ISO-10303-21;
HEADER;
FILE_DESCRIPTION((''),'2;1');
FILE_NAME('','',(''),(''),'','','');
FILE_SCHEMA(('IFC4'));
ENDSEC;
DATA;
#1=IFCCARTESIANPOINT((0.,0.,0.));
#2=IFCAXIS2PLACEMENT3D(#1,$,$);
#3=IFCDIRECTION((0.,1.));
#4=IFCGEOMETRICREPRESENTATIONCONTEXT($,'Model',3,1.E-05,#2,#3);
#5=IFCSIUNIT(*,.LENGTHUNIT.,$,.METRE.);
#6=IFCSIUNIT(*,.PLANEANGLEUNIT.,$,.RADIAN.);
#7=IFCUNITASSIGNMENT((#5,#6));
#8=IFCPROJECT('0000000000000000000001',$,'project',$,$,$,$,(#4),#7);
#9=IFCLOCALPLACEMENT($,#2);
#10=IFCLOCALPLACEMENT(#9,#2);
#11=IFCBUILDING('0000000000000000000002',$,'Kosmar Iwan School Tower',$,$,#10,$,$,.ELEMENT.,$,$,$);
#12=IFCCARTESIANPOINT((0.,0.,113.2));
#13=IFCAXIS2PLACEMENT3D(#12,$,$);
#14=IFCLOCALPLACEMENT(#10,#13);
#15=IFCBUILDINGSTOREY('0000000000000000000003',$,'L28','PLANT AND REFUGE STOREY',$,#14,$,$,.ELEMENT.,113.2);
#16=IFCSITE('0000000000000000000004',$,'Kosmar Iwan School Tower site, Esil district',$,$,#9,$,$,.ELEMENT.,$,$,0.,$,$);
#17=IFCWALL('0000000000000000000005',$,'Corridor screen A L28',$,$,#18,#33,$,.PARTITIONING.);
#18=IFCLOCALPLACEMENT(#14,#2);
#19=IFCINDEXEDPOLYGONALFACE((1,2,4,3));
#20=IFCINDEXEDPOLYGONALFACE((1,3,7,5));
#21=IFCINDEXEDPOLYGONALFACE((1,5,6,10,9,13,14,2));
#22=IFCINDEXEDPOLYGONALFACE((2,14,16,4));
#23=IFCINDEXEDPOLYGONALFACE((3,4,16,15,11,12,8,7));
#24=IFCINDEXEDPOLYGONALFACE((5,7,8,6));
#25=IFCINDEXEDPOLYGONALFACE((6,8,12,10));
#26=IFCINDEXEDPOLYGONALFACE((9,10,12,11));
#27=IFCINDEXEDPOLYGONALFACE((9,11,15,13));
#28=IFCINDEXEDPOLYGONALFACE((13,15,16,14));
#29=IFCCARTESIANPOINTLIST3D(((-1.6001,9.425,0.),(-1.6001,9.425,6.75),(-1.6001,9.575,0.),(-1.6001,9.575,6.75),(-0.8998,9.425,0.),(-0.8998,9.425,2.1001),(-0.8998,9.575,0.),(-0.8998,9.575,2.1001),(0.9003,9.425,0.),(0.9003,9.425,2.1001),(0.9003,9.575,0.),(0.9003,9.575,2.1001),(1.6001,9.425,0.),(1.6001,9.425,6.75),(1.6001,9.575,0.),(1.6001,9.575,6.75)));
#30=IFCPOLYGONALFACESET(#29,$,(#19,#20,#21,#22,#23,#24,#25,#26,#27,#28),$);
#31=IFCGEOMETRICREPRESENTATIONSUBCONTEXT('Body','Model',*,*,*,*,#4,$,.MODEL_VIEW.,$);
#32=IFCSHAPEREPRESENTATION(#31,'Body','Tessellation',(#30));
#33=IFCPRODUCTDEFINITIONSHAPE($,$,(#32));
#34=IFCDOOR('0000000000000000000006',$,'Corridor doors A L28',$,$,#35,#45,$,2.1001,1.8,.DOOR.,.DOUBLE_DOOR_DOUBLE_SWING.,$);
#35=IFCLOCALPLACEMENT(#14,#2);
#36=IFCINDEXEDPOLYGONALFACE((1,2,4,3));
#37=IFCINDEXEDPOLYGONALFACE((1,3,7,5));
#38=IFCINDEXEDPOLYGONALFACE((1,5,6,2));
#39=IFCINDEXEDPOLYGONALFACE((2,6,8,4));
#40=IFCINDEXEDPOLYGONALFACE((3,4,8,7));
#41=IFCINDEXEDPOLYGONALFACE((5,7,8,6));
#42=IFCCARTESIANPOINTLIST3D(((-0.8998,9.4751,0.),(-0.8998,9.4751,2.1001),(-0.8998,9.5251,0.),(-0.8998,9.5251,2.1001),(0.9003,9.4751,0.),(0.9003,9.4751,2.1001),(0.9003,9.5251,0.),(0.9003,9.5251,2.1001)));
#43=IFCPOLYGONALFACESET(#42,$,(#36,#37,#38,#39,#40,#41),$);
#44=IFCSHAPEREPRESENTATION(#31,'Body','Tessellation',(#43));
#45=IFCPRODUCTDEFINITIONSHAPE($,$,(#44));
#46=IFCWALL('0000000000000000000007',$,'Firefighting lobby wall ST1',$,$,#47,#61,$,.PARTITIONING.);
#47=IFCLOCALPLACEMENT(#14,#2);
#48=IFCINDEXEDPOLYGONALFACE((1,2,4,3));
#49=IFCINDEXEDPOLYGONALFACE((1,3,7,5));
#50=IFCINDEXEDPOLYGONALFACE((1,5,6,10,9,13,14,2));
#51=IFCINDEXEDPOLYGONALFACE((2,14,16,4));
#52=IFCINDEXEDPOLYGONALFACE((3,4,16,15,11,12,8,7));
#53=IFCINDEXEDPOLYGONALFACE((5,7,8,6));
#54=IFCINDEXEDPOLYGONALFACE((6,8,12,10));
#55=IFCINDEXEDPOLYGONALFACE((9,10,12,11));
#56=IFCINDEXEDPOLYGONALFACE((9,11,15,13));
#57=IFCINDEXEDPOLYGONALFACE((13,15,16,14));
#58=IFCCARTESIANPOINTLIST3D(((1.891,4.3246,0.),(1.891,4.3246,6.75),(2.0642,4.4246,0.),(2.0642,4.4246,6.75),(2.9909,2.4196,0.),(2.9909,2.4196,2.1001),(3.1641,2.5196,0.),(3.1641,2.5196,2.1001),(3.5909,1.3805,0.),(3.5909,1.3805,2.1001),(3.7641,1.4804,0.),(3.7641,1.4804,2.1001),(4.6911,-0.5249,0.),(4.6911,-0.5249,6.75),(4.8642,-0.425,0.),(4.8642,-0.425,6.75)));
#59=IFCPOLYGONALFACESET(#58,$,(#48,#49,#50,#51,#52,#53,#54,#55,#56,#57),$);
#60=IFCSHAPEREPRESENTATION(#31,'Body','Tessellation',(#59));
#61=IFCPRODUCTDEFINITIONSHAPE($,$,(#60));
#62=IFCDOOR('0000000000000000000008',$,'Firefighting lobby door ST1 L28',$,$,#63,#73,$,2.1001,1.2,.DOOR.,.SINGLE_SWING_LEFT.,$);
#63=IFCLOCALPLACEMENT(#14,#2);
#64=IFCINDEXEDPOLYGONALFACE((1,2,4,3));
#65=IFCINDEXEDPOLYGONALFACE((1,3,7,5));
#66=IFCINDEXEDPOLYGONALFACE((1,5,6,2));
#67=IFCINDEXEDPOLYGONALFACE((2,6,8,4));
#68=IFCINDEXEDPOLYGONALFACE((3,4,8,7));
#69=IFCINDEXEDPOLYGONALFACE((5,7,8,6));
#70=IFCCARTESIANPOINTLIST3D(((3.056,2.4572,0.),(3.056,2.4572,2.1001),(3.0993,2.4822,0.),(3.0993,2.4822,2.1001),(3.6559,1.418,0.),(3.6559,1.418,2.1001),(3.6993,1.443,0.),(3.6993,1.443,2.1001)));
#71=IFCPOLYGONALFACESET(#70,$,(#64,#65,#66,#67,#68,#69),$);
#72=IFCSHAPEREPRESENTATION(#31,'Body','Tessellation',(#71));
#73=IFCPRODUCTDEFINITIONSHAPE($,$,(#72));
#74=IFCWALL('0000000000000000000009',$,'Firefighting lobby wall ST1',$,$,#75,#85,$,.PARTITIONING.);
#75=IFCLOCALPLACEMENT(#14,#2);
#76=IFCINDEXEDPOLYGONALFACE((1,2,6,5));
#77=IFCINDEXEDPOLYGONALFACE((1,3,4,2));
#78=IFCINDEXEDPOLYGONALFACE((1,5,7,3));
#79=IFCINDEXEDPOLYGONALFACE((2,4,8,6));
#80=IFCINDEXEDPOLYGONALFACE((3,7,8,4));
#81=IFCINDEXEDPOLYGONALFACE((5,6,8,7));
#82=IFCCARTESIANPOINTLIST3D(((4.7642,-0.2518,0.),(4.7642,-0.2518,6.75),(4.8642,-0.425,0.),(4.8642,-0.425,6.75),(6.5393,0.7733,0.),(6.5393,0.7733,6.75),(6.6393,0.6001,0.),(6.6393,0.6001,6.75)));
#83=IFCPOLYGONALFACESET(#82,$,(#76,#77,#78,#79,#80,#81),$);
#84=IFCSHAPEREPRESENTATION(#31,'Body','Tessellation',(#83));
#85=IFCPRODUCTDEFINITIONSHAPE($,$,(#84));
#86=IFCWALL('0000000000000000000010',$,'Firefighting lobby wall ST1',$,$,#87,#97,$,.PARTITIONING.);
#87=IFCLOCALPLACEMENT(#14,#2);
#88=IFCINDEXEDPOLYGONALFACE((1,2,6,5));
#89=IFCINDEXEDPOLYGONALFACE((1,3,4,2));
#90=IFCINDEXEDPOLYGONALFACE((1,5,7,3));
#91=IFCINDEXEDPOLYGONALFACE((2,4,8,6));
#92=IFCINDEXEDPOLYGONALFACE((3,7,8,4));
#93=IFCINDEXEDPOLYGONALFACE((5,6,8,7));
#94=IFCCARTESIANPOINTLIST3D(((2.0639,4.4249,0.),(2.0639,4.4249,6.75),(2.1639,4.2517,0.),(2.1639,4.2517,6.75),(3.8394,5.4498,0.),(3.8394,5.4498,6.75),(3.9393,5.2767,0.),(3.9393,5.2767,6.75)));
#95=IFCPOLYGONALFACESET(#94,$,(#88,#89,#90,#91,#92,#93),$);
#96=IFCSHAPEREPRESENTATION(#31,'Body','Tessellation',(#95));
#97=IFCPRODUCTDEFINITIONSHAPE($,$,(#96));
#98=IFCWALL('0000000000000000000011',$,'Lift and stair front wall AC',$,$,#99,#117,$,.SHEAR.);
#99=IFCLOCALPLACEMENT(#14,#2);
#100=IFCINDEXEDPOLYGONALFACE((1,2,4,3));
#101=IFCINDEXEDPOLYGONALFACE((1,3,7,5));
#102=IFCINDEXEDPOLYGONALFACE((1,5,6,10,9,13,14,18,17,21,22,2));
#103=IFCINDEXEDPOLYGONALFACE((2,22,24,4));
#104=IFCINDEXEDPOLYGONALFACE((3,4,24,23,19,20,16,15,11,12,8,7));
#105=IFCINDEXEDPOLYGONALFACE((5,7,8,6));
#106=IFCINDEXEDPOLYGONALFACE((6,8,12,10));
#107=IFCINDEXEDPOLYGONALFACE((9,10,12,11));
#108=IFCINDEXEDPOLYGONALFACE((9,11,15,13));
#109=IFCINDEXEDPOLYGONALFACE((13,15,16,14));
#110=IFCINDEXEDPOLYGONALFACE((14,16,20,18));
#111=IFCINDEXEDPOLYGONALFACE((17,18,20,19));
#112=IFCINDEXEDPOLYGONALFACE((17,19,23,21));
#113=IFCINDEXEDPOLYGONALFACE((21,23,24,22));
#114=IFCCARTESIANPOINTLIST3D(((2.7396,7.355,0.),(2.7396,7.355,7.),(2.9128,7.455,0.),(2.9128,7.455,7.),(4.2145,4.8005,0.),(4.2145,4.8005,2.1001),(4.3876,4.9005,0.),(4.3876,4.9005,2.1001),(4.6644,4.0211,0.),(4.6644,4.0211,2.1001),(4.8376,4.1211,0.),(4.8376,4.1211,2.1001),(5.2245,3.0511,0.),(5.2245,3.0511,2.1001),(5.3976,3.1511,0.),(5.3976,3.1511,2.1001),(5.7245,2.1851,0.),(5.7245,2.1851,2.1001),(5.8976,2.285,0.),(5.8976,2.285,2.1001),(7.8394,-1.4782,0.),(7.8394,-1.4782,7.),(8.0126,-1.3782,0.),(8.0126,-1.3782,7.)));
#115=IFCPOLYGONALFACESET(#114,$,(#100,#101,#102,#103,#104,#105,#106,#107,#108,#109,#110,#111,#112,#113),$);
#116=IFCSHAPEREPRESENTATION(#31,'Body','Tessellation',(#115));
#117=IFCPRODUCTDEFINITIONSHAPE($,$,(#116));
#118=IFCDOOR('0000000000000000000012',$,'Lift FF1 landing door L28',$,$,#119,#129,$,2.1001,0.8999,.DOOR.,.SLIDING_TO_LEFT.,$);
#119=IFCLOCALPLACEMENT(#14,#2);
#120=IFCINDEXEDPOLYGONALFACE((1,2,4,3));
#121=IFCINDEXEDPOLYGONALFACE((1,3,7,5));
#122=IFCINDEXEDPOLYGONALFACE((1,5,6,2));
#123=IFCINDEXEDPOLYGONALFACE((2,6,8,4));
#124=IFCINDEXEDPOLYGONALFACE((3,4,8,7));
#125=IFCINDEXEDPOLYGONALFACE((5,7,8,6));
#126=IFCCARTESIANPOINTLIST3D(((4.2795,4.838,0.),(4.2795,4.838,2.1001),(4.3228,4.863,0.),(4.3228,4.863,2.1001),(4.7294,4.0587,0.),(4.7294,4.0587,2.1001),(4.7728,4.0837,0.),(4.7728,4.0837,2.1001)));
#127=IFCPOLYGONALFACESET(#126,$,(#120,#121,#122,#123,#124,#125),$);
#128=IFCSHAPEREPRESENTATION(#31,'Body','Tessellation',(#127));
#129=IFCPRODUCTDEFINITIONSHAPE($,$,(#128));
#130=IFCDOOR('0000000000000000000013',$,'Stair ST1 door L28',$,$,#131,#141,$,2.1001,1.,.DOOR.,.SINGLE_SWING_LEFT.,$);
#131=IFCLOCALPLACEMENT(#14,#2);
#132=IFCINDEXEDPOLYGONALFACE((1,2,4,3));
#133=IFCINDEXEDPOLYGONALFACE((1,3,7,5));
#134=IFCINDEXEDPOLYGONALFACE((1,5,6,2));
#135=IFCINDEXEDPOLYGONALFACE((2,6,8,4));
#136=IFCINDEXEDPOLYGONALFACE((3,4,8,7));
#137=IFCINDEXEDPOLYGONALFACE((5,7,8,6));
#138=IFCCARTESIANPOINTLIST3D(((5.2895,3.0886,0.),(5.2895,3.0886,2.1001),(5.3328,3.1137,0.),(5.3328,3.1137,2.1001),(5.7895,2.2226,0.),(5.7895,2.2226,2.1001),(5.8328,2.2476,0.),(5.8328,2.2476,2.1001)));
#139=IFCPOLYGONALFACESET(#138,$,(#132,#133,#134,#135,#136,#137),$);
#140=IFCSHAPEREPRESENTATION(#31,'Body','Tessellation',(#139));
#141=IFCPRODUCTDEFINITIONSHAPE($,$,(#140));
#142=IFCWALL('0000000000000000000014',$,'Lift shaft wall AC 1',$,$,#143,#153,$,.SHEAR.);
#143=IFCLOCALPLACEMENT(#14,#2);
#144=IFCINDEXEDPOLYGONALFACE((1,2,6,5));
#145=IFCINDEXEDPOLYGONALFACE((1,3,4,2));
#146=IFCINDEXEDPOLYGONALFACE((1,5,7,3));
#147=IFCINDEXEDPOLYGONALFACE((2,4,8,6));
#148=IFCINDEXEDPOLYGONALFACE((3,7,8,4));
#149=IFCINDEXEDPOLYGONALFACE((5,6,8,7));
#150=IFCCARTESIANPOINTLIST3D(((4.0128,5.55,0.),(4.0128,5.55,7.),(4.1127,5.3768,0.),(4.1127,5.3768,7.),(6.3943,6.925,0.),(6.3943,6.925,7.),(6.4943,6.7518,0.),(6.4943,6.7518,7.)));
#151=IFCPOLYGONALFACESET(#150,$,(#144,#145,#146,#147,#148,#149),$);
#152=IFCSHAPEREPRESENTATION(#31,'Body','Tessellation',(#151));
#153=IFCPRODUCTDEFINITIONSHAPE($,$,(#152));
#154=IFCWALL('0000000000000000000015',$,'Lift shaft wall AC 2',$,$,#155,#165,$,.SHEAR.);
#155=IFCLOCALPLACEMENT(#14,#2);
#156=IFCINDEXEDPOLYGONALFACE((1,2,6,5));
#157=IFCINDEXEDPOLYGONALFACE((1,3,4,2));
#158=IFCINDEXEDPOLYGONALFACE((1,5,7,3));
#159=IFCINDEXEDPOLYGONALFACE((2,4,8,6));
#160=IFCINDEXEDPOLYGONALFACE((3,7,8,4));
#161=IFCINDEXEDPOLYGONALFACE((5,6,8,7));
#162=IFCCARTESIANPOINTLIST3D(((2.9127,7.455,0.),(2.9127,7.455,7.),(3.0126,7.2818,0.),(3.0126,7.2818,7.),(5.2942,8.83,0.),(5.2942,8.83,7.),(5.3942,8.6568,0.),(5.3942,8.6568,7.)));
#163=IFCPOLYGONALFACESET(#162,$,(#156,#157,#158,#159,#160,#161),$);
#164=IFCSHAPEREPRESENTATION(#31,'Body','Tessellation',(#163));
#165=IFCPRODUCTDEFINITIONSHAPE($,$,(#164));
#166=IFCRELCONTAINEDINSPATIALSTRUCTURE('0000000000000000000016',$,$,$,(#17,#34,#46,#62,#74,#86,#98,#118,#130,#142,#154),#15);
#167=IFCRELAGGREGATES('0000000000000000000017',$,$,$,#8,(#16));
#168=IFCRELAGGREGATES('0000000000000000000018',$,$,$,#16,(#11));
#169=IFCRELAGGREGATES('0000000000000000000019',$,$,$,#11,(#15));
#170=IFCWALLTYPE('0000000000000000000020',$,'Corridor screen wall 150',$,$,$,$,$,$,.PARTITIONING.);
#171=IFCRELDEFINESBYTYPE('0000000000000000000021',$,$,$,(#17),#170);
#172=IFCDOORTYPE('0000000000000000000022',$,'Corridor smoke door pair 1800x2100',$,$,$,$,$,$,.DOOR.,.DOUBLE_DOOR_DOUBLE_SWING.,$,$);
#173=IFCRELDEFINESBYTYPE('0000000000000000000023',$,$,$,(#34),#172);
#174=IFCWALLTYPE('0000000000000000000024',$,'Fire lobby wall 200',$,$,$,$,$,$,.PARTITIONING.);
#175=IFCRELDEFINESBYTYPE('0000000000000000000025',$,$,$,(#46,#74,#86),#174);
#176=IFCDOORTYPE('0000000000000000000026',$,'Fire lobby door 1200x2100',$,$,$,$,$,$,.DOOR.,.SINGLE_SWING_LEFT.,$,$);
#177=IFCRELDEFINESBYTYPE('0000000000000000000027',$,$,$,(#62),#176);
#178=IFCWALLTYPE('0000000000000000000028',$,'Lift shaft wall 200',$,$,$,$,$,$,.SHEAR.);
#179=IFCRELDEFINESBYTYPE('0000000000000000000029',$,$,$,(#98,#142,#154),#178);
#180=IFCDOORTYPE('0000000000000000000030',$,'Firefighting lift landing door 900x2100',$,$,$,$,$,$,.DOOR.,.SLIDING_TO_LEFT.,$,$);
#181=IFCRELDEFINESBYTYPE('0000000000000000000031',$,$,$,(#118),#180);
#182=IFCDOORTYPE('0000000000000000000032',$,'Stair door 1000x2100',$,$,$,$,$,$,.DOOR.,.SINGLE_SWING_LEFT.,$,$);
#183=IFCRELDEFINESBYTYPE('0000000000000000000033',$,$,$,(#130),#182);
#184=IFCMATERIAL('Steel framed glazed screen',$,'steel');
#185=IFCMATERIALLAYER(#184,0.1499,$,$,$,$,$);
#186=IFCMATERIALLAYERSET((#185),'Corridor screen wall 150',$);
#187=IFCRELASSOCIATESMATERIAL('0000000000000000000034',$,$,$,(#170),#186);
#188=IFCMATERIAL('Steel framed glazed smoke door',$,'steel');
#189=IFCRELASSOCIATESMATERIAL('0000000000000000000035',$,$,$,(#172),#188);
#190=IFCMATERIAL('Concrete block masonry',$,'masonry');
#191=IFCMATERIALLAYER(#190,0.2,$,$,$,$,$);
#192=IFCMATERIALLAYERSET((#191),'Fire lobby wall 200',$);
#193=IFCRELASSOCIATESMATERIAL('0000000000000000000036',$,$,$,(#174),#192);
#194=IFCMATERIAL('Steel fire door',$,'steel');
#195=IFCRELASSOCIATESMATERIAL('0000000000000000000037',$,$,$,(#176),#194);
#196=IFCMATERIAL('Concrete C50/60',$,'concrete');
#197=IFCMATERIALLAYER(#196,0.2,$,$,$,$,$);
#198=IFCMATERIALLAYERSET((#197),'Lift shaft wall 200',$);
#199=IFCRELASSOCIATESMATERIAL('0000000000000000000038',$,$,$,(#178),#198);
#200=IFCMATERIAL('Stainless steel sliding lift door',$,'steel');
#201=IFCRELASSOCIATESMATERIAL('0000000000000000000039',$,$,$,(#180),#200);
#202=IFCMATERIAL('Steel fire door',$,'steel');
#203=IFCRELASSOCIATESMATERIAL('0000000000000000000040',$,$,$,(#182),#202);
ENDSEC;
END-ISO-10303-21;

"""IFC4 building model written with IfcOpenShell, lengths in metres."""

from ifc_helpers import new_model, si_unit, direction, frame, frame_2d, origin, place, context, subcontext, project, spatial, rectangle, extrude, material, layer, layer_set, type_object, element, fill, save


model = new_model("IFC4")

# Units and contexts
model_context = context("Model", 3, precision=1e-05, world=origin(), true_north=direction((0.0, 1.0)))
body_context = subcontext(model_context, "Body", "Model", "MODEL_VIEW")
ifc_project = project(units=[si_unit("LENGTHUNIT", "METRE"), si_unit("PLANEANGLEUNIT", "RADIAN")], contexts=[model_context])

# Site, building, storey
site_placement = place(None, origin())
site = spatial("IfcSite", under=ifc_project, at=site_placement, Name="Kosmar Iwan School Tower site, Esil district", CompositionType="ELEMENT", RefElevation=0.0)
building_placement = place(site_placement, origin())
building = spatial("IfcBuilding", under=site, at=building_placement, Name="Kosmar Iwan School Tower", CompositionType="ELEMENT")
storey_placement = place(building_placement, frame((0.0, 0.0, 113.2)))
storey = spatial("IfcBuildingStorey", under=building, at=storey_placement, Name="L28", Description="PLANT AND REFUGE STOREY", CompositionType="ELEMENT", Elevation=113.2)

# Walls, openings, doors
ifc_material_1 = material(Name="Steel framed glazed screen", Category="steel")
ifc_layer_1 = layer(ifc_material_1, 0.1499)
ifc_layer_set_1 = layer_set([ifc_layer_1], Name="Corridor screen wall 150")
wall_type_1 = type_object("IfcWallType", Name="Corridor screen wall 150", PredefinedType="PARTITIONING", material=ifc_layer_set_1)
wall_1_placement = place(storey_placement, frame((1.6001, 9.5, 0.0), z_axis=(0.0, 0.0, 1.0), x_axis=(-1.0, 0.0, 0.0)))
wall_1 = element("IfcWall", 1, at=wall_1_placement, inside=storey, type_object=wall_type_1, Name="Corridor screen A L28", PredefinedType="PARTITIONING", context=body_context, shape_type="SweptSolid", body=[
    extrude(rectangle(XDim=3.2002, YDim=0.1499, at=frame_2d((1.6001, 0.0))), origin(), (0.0, 0.0, 1.0), 6.75),
])
opening_1_placement = place(wall_1_placement, frame((0.7, 0.0, 0.0)))
opening_1 = element("IfcOpeningElement", 2, at=opening_1_placement, cuts=wall_1, PredefinedType="OPENING", context=body_context, shape_type="SweptSolid", body=[
    extrude(rectangle(XDim=1.8, YDim=2.1001, at=frame_2d((0.8999, 1.05))), frame((0.0, 0.0869, 0.0), z_axis=(0.0, -1.0, 0.0), x_axis=(1.0, 0.0, 0.0)), (0.0, 0.0, 1.0), 0.1738),
])
ifc_material_2 = material(Name="Steel framed glazed smoke door", Category="steel")
door_type_1 = type_object("IfcDoorType", Name="Corridor smoke door pair 1800x2100", OperationType="DOUBLE_DOOR_DOUBLE_SWING", PredefinedType="DOOR", material=ifc_material_2)
door_1_placement = place(opening_1_placement, origin())
door_1 = element("IfcDoor", 3, at=door_1_placement, inside=storey, type_object=door_type_1, Name="Corridor doors A L28", OperationType="DOUBLE_DOOR_DOUBLE_SWING", OverallHeight=2.1001, OverallWidth=1.8, PredefinedType="DOOR", context=body_context, shape_type="SweptSolid", body=[
    extrude(rectangle(XDim=1.8, YDim=2.1001, at=frame_2d((0.8999, 1.05))), frame((0.0, 0.0249, 0.0), z_axis=(0.0, -1.0, 0.0), x_axis=(1.0, 0.0, 0.0)), (0.0, 0.0, 1.0), 0.05),
])
fill(opening_1, door_1)
ifc_material_3 = material(Name="Concrete block masonry", Category="masonry")
ifc_layer_2 = layer(ifc_material_3, 0.2)
ifc_layer_set_2 = layer_set([ifc_layer_2], Name="Fire lobby wall 200")
wall_type_2 = type_object("IfcWallType", Name="Fire lobby wall 200", PredefinedType="PARTITIONING", material=ifc_layer_set_2)
wall_2_placement = place(storey_placement, frame((4.7776, -0.4749, 0.0), z_axis=(0.0, 0.0, 1.0), x_axis=(-0.500017, 0.866016, 0.0)))
wall_2 = element("IfcWall", 4, at=wall_2_placement, inside=storey, type_object=wall_type_2, Name="Firefighting lobby wall ST1", PredefinedType="PARTITIONING", context=body_context, shape_type="SweptSolid", body=[
    extrude(rectangle(XDim=5.5999, YDim=0.2, at=frame_2d((2.7998, 0.0))), origin(), (0.0, 0.0, 1.0), 6.75),
])
opening_2_placement = place(wall_2_placement, frame((2.2, 0.0, 0.0)))
opening_2 = element("IfcOpeningElement", 5, at=opening_2_placement, cuts=wall_2, PredefinedType="OPENING", context=body_context, shape_type="SweptSolid", body=[
    extrude(rectangle(XDim=1.2, YDim=2.1001, at=frame_2d((0.6001, 1.05))), frame((0.0, 0.1121, 0.0), z_axis=(0.0, -1.0, 0.0), x_axis=(1.0, 0.0, 0.0)), (0.0, 0.0, 1.0), 0.2239),
])
ifc_material_4 = material(Name="Steel fire door", Category="steel")
door_type_2 = type_object("IfcDoorType", Name="Fire lobby door 1200x2100", OperationType="SINGLE_SWING_LEFT", PredefinedType="DOOR", material=ifc_material_4)
door_2_placement = place(opening_2_placement, origin())
door_2 = element("IfcDoor", 6, at=door_2_placement, inside=storey, type_object=door_type_2, Name="Firefighting lobby door ST1 L28", OperationType="SINGLE_SWING_LEFT", OverallHeight=2.1001, OverallWidth=1.2, PredefinedType="DOOR", context=body_context, shape_type="SweptSolid", body=[
    extrude(rectangle(XDim=1.2, YDim=2.1001, at=frame_2d((0.6001, 1.05))), frame((0.0, 0.0249, 0.0), z_axis=(0.0, -1.0, 0.0), x_axis=(1.0, 0.0, 0.0)), (0.0, 0.0, 1.0), 0.05),
])
fill(opening_2, door_2)

# Walls
wall_3_placement = place(storey_placement, frame((4.8142, -0.3384, 0.0), z_axis=(0.0, 0.0, 1.0), x_axis=(0.865969, 0.500097, 0.0)))
element("IfcWall", 7, at=wall_3_placement, inside=storey, type_object=wall_type_2, Name="Firefighting lobby wall ST1", PredefinedType="PARTITIONING", context=body_context, shape_type="SweptSolid", body=[
    extrude(rectangle(XDim=2.0498, YDim=0.2, at=frame_2d((1.0249, 0.0))), origin(), (0.0, 0.0, 1.0), 6.75),
])
wall_4_placement = place(storey_placement, frame((2.114, 4.3384, 0.0), z_axis=(0.0, 0.0, 1.0), x_axis=(0.866051, 0.499956, 0.0)))
element("IfcWall", 8, at=wall_4_placement, inside=storey, type_object=wall_type_2, Name="Firefighting lobby wall ST1", PredefinedType="PARTITIONING", context=body_context, shape_type="SweptSolid", body=[
    extrude(rectangle(XDim=2.05, YDim=0.2, at=frame_2d((1.0249, 0.0))), origin(), (0.0, 0.0, 1.0), 6.75),
])

# Wall, openings, doors
ifc_material_5 = material(Name="Concrete C50/60", Category="concrete")
ifc_layer_3 = layer(ifc_material_5, 0.2)
ifc_layer_set_3 = layer_set([ifc_layer_3], Name="Lift shaft wall 200")
wall_type_3 = type_object("IfcWallType", Name="Lift shaft wall 200", PredefinedType="SHEAR", material=ifc_layer_set_3)
wall_5_placement = place(storey_placement, frame((7.926, -1.4282, 0.0), z_axis=(0.0, 0.0, 1.0), x_axis=(-0.499998, 0.866027, 0.0)))
wall_5 = element("IfcWall", 9, at=wall_5_placement, inside=storey, type_object=wall_type_3, Name="Lift and stair front wall AC", PredefinedType="SHEAR", context=body_context, shape_type="SweptSolid", body=[
    extrude(rectangle(XDim=10.1997, YDim=0.2, at=frame_2d((5.0999, 0.0))), origin(), (0.0, 0.0, 1.0), 7.0),
])
opening_3_placement = place(wall_5_placement, frame((6.3501, 0.0, 0.0)))
opening_3 = element("IfcOpeningElement", 10, at=opening_3_placement, cuts=wall_5, PredefinedType="OPENING", context=body_context, shape_type="SweptSolid", body=[
    extrude(rectangle(XDim=0.8999, YDim=2.1001, at=frame_2d((0.45, 1.05))), frame((0.0, 0.1121, 0.0), z_axis=(0.0, -1.0, 0.0), x_axis=(1.0, 0.0, 0.0)), (0.0, 0.0, 1.0), 0.2239),
])
opening_4_placement = place(wall_5_placement, frame((4.23, 0.0, 0.0)))
opening_4 = element("IfcOpeningElement", 11, at=opening_4_placement, cuts=wall_5, PredefinedType="OPENING", context=body_context, shape_type="SweptSolid", body=[
    extrude(rectangle(XDim=1.0, YDim=2.1001, at=frame_2d((0.5, 1.05))), frame((0.0, 0.1121, 0.0), z_axis=(0.0, -1.0, 0.0), x_axis=(1.0, 0.0, 0.0)), (0.0, 0.0, 1.0), 0.2239),
])
ifc_material_6 = material(Name="Stainless steel sliding lift door", Category="steel")
door_type_3 = type_object("IfcDoorType", Name="Firefighting lift landing door 900x2100", OperationType="SLIDING_TO_LEFT", PredefinedType="DOOR", material=ifc_material_6)
door_3_placement = place(opening_3_placement, origin())
door_3 = element("IfcDoor", 12, at=door_3_placement, inside=storey, type_object=door_type_3, Name="Lift FF1 landing door L28", OperationType="SLIDING_TO_LEFT", OverallHeight=2.1001, OverallWidth=0.8999, PredefinedType="DOOR", context=body_context, shape_type="SweptSolid", body=[
    extrude(rectangle(XDim=0.8999, YDim=2.1001, at=frame_2d((0.45, 1.05))), frame((0.0, 0.0249, 0.0), z_axis=(0.0, -1.0, 0.0), x_axis=(1.0, 0.0, 0.0)), (0.0, 0.0, 1.0), 0.05),
])
fill(opening_3, door_3)
ifc_material_7 = material(Name="Steel fire door", Category="steel")
door_type_4 = type_object("IfcDoorType", Name="Stair door 1000x2100", OperationType="SINGLE_SWING_LEFT", PredefinedType="DOOR", material=ifc_material_7)
door_4_placement = place(opening_4_placement, origin())
door_4 = element("IfcDoor", 13, at=door_4_placement, inside=storey, type_object=door_type_4, Name="Stair ST1 door L28", OperationType="SINGLE_SWING_LEFT", OverallHeight=2.1001, OverallWidth=1.0, PredefinedType="DOOR", context=body_context, shape_type="SweptSolid", body=[
    extrude(rectangle(XDim=1.0, YDim=2.1001, at=frame_2d((0.5, 1.05))), frame((0.0, 0.0249, 0.0), z_axis=(0.0, -1.0, 0.0), x_axis=(1.0, 0.0, 0.0)), (0.0, 0.0, 1.0), 0.05),
])
fill(opening_4, door_4)

# Walls
for number, where, z_axis, x_axis, name in (
    (14, (4.0627, 5.4634, 0.0), (0.0, 0.0, 1.0), (0.866027, 0.499997, 0.0), "Lift shaft wall AC 1"),
    (15, (2.9626, 7.3684, 0.0), (0.0, 0.0, 1.0), (0.866027, 0.499997, 0.0), "Lift shaft wall AC 2"),
):
    element("IfcWall", number, at=place(storey_placement, frame(where, z_axis=z_axis, x_axis=x_axis)), inside=storey, type_object=wall_type_3, Name=name, PredefinedType="SHEAR", context=body_context, shape_type="SweptSolid", body=[
        extrude(rectangle(XDim=2.75, YDim=0.2, at=frame_2d((1.375, 0.0))), origin(), (0.0, 0.0, 1.0), 7.0),
    ])

save(model, "model.ifc")
